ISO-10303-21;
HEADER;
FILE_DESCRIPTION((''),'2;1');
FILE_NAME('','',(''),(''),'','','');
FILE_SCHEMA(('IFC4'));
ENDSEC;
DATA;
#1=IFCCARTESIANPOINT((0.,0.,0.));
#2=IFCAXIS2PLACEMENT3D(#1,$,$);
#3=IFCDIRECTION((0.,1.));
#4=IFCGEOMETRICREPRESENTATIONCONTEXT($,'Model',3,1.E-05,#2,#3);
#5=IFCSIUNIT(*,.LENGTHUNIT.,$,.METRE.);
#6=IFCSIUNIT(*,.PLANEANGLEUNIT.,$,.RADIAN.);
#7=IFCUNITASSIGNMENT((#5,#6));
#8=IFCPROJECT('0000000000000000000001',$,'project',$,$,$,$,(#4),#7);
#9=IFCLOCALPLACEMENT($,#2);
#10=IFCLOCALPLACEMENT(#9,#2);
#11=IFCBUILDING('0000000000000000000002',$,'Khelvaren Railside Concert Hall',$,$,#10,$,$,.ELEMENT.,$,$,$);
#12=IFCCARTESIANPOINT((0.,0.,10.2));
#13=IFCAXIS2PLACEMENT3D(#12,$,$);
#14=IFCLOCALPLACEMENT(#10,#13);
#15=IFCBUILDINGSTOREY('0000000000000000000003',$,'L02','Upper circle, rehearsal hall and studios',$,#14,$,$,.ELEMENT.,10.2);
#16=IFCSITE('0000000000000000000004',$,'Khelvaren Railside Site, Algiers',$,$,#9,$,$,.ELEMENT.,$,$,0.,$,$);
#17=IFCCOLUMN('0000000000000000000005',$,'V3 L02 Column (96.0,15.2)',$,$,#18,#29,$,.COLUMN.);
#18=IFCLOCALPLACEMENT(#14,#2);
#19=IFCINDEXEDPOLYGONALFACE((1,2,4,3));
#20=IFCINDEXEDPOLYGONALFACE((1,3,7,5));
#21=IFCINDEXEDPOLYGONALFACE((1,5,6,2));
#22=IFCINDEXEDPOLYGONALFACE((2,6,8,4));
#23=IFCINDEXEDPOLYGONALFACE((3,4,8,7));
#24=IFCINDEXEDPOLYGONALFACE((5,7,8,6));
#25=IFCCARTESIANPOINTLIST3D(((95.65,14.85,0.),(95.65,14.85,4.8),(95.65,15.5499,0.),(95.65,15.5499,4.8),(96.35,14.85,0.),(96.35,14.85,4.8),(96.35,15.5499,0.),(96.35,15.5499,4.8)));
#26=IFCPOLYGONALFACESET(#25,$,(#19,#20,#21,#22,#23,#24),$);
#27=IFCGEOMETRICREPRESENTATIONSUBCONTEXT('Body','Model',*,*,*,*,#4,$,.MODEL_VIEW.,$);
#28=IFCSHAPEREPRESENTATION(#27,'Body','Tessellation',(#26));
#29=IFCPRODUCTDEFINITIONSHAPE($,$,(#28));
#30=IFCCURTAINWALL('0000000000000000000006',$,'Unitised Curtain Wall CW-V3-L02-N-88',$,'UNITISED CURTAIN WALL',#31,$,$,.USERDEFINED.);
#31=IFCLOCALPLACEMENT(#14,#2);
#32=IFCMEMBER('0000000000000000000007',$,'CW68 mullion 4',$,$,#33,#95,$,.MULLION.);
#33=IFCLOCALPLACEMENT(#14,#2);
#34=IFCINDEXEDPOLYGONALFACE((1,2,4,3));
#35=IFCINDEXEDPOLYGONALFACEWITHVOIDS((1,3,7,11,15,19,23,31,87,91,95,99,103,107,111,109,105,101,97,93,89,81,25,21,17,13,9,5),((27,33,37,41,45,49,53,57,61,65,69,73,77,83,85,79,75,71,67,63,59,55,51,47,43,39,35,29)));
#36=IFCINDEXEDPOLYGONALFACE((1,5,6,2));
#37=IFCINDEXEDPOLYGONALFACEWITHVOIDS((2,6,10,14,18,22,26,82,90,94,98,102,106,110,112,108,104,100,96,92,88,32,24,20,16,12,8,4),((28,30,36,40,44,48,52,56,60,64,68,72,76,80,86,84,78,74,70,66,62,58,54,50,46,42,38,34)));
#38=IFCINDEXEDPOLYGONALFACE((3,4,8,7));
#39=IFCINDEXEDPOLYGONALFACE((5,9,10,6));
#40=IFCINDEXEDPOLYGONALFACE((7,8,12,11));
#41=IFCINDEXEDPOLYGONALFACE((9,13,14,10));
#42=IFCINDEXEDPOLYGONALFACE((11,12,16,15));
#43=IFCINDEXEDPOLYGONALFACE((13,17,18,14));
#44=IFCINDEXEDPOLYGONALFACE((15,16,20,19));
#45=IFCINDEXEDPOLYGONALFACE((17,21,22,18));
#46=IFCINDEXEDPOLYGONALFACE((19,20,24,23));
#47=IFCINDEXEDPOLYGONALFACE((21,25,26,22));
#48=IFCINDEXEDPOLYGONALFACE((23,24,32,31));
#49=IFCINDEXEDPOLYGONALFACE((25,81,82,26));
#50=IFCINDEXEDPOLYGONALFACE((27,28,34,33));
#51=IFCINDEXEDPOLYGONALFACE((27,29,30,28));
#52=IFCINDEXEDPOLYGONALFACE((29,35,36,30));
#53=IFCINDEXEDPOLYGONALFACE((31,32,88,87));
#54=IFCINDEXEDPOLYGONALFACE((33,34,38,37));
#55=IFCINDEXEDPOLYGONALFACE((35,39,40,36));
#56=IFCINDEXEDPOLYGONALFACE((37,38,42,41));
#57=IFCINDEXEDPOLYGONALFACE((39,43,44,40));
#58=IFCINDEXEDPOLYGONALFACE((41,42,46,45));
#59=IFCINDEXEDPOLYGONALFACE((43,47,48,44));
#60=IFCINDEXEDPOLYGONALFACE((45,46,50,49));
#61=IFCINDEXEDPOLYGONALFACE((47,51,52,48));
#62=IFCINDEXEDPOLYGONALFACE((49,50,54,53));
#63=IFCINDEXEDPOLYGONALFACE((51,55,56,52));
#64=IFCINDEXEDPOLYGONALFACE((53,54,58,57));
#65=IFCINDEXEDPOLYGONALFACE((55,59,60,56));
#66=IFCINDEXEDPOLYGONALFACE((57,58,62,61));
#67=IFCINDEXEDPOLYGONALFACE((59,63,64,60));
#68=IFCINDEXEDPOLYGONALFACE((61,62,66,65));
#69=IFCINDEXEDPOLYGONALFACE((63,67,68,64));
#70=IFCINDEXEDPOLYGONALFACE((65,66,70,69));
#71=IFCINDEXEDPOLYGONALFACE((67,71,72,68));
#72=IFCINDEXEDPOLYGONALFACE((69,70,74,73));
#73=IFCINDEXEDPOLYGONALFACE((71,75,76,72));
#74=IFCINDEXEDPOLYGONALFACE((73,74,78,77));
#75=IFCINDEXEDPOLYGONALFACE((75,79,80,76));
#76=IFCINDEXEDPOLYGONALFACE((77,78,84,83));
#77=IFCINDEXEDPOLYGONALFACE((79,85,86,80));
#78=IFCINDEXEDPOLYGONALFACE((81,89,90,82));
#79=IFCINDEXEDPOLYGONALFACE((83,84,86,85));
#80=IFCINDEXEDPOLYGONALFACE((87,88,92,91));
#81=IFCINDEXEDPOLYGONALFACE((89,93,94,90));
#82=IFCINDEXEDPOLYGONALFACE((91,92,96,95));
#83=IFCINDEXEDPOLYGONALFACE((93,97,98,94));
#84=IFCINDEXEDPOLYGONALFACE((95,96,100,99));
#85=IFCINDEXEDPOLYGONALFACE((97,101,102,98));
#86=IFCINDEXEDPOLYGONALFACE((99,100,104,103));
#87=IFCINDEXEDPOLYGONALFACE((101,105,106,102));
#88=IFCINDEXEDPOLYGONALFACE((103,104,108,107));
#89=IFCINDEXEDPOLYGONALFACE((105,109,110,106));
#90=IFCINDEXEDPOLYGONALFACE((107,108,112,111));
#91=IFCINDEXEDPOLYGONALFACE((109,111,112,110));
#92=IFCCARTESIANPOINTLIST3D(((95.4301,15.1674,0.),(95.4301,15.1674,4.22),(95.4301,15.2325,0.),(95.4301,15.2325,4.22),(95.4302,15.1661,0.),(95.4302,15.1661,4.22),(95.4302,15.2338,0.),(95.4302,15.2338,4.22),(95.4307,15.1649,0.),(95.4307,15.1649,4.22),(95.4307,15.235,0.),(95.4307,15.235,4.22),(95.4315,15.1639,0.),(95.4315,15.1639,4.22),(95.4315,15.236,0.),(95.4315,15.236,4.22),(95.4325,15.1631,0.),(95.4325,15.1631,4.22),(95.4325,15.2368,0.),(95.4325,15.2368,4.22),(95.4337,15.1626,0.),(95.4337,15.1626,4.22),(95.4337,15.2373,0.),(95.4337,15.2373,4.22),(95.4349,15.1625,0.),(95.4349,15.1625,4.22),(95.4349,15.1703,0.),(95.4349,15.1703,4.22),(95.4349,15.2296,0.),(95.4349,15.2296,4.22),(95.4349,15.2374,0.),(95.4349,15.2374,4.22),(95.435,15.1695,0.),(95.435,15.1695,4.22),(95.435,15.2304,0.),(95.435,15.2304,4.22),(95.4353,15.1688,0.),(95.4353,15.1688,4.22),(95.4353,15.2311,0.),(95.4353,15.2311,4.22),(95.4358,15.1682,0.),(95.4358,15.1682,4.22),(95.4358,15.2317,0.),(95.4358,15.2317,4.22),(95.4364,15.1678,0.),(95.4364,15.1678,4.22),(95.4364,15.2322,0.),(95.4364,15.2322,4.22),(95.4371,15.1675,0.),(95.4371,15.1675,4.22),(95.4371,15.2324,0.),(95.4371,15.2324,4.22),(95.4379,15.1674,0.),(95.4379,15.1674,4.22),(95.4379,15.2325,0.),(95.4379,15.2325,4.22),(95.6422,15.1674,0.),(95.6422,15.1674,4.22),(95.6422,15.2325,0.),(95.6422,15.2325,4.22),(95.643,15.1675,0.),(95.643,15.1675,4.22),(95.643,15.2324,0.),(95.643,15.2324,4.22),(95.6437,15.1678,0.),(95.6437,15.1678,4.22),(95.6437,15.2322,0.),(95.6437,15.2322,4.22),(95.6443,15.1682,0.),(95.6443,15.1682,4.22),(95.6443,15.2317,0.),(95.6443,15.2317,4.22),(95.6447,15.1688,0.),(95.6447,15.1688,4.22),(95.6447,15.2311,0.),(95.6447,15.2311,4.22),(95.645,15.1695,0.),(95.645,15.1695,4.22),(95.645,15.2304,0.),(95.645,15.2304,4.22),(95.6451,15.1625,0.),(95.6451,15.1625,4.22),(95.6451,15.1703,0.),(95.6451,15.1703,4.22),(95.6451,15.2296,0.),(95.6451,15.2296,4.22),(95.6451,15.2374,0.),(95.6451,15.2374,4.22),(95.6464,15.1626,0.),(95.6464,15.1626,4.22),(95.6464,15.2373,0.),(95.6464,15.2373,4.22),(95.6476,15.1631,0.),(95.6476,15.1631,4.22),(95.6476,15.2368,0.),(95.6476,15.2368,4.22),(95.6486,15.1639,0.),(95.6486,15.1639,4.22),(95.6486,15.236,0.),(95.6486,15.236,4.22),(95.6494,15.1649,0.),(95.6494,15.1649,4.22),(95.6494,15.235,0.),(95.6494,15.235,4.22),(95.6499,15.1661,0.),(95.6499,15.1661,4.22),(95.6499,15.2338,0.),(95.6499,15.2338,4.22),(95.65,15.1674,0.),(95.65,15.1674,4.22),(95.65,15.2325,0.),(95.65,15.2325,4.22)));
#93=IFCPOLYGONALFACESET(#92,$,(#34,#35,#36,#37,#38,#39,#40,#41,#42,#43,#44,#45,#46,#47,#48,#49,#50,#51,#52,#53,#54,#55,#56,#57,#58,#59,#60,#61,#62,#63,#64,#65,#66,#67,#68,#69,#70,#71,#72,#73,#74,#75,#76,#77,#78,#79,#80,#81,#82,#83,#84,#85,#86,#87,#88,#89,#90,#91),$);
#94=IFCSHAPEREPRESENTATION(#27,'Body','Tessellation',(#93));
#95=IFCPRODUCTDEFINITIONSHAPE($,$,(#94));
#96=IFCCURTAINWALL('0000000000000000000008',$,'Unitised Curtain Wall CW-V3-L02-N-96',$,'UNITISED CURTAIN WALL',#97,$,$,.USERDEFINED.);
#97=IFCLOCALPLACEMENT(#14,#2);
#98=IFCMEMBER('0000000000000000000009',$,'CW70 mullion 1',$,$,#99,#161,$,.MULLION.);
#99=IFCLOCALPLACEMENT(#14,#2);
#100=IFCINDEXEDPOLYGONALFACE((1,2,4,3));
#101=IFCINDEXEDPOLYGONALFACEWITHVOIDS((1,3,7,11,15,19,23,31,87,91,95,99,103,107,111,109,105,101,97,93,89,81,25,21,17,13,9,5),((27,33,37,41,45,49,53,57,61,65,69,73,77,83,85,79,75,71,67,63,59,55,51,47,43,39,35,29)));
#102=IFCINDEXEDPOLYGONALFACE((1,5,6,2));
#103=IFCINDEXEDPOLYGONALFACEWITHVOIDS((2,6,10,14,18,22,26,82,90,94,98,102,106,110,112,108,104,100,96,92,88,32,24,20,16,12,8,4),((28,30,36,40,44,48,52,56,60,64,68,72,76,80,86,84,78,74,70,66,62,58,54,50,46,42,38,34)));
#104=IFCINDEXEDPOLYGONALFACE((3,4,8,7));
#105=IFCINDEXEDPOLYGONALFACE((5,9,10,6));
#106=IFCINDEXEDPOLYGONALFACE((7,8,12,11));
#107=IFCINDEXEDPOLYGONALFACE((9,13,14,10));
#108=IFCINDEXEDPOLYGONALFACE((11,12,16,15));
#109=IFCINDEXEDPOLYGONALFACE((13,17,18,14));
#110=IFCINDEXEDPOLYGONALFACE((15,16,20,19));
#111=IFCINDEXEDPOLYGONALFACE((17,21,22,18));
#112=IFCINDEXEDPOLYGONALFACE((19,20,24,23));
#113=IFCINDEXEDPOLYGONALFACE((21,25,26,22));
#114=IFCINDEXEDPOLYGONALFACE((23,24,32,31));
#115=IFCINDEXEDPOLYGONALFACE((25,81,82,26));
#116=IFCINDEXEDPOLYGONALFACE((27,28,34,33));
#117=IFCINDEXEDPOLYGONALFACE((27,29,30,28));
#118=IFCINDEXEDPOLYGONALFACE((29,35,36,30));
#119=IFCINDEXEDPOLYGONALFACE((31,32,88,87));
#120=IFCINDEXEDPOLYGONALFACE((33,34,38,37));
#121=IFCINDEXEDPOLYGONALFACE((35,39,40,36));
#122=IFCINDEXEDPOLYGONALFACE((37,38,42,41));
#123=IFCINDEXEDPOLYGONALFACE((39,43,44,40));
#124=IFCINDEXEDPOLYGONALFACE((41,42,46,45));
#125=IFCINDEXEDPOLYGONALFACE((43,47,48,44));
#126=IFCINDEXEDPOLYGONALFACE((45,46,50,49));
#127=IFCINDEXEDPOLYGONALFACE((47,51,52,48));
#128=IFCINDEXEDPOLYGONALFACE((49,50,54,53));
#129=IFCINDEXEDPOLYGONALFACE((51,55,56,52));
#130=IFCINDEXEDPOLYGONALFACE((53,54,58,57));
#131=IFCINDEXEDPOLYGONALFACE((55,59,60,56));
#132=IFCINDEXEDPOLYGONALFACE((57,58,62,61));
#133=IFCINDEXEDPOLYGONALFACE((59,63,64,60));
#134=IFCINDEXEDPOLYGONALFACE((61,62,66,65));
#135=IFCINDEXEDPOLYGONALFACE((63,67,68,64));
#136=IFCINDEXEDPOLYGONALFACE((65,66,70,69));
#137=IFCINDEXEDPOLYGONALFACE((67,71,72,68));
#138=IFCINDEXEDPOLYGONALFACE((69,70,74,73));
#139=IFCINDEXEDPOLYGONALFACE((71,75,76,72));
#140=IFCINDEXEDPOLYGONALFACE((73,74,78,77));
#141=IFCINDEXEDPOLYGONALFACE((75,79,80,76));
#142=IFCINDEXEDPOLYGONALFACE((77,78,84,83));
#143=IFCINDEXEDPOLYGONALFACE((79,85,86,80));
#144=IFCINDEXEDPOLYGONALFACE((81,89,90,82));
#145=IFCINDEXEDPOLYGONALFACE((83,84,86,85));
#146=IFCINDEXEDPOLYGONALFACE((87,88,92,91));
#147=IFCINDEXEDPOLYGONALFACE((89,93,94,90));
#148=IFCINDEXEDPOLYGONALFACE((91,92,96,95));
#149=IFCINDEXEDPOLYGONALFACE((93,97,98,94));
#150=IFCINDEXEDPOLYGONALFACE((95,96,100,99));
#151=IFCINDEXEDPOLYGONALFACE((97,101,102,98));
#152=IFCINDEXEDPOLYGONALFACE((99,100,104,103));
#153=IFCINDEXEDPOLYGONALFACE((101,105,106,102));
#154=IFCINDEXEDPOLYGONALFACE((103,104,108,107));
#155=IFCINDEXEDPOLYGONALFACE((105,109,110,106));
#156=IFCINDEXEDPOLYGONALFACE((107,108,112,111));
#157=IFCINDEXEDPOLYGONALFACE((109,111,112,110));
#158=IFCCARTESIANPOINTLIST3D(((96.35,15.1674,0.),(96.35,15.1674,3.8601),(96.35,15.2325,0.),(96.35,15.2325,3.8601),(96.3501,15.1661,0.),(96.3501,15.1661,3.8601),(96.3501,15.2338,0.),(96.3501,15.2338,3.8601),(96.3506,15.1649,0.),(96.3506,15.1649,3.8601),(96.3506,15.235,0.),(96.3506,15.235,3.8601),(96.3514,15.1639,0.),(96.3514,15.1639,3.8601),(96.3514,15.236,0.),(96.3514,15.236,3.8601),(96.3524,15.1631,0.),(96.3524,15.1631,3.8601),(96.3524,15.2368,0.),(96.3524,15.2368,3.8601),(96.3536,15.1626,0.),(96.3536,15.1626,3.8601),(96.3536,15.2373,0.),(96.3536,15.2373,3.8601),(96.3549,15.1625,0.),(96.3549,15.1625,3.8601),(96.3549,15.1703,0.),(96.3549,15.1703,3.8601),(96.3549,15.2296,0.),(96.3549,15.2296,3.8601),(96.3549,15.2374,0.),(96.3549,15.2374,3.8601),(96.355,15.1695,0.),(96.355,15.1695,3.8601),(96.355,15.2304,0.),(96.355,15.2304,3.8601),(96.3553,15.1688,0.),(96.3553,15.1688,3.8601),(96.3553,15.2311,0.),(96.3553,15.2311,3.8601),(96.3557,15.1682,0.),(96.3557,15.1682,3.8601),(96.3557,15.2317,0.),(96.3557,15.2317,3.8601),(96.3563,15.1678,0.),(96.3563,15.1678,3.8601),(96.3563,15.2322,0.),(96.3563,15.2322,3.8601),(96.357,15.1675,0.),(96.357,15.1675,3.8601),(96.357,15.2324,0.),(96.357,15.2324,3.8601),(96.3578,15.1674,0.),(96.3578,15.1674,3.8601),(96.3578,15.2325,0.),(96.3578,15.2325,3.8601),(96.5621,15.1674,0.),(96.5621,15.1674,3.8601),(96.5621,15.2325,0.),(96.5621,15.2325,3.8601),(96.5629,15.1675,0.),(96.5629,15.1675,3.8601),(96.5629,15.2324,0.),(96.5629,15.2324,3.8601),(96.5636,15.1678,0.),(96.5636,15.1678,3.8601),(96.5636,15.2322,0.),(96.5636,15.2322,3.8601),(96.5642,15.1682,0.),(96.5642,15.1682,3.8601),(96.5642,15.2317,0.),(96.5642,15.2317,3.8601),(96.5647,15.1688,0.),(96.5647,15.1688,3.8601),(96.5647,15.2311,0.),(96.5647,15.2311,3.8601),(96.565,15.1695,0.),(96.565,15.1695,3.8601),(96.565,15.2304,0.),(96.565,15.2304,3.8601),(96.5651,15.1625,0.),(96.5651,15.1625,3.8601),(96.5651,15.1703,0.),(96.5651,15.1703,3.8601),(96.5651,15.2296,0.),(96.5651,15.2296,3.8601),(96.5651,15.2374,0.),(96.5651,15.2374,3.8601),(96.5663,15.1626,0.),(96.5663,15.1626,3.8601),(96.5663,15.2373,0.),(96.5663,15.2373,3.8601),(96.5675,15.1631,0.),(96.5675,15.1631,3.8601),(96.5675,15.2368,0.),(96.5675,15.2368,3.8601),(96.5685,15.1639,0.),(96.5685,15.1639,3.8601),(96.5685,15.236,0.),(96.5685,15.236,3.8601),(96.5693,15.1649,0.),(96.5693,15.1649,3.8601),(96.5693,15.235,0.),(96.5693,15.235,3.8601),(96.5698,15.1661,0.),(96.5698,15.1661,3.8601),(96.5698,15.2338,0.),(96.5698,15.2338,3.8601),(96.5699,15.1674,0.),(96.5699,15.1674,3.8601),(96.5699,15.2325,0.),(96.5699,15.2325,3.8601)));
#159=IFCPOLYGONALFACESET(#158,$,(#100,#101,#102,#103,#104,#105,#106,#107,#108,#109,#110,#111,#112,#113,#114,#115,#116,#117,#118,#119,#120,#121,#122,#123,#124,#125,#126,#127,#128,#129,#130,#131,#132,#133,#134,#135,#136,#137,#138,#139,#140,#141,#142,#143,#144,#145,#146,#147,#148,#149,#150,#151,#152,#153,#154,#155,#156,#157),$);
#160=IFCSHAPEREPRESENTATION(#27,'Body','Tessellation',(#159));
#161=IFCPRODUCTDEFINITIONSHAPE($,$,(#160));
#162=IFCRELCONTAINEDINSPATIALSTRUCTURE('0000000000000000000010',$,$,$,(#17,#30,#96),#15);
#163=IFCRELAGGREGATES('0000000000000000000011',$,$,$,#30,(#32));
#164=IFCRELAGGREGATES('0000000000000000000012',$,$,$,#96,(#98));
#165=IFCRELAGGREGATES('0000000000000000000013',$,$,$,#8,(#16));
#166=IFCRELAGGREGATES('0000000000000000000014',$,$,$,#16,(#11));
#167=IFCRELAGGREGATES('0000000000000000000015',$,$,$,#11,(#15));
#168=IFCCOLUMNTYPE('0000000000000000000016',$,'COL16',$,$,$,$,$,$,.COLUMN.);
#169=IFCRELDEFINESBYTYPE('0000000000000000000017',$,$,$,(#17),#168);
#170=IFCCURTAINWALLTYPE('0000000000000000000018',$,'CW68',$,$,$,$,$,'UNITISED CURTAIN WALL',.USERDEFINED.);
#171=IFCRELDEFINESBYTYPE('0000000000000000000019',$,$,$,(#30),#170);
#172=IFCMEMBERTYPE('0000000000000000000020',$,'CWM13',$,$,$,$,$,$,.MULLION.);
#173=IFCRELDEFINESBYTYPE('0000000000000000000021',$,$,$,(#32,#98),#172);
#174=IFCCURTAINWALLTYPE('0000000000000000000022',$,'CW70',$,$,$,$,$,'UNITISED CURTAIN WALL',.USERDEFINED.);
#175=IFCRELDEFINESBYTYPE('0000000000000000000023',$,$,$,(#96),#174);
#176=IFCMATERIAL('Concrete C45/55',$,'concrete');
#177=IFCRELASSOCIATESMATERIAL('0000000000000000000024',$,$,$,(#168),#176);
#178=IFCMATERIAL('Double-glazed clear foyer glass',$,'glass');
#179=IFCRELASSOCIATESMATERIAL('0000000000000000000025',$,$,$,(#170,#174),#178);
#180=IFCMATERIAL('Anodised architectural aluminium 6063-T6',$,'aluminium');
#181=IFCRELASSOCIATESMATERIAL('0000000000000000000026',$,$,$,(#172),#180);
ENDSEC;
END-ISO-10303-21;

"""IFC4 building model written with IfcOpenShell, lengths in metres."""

from ifc_helpers import new_model, si_unit, direction, frame, origin, origin_2d, place, context, subcontext, project, spatial, rectangle, hollow_rectangle, extrude, material, material_profile, profile_set, type_object, element, aggregate, save


model = new_model("IFC4")

# Units and contexts
model_context = context("Model", 3, precision=1e-05, world=origin(), true_north=direction((0.0, 1.0)))
body_context = subcontext(model_context, "Body", "Model", "MODEL_VIEW")
ifc_project = project(units=[si_unit("LENGTHUNIT", "METRE"), si_unit("PLANEANGLEUNIT", "RADIAN")], contexts=[model_context])

# Site, building, storey
site_placement = place(None, origin())
site = spatial("IfcSite", under=ifc_project, at=site_placement, Name="Khelvaren Railside Site, Algiers", CompositionType="ELEMENT", RefElevation=0.0)
building_placement = place(site_placement, origin())
building = spatial("IfcBuilding", under=site, at=building_placement, Name="Khelvaren Railside Concert Hall", CompositionType="ELEMENT")
storey_placement = place(building_placement, frame((0.0, 0.0, 10.2)))
storey = spatial("IfcBuildingStorey", under=building, at=storey_placement, Name="L02", Description="Upper circle, rehearsal hall and studios", CompositionType="ELEMENT", Elevation=10.2)

# Column
ifc_material_1 = material(Name="Concrete C45/55", Category="concrete")
ifc_material_profile_1 = material_profile(ifc_material_1, rectangle(XDim=0.7, YDim=0.7, at=origin_2d()), Name="RC 700x700")
ifc_profile_set_1 = profile_set([ifc_material_profile_1], Name="Concrete C45/55")
column_type = type_object("IfcColumnType", Name="COL16", PredefinedType="COLUMN", material=ifc_profile_set_1)
column_placement = place(storey_placement, frame((96.0, 15.2, 0.0), z_axis=(0.0, 0.0, 1.0), x_axis=(1.0, 0.0, 0.0)))
element("IfcColumn", 1, at=column_placement, inside=storey, type_object=column_type, Name="V3 L02 Column (96.0,15.2)", PredefinedType="COLUMN", context=body_context, shape_type="SweptSolid", body=[
    extrude(rectangle(XDim=0.7, YDim=0.7, at=origin_2d()), origin(), (0.0, 0.0, 1.0), 4.8),
])

# Curtain wall, member
ifc_material_2 = material(Name="Double-glazed clear foyer glass", Category="glass")
curtain_wall_type_1 = type_object("IfcCurtainWallType", Name="CW68", ElementType="UNITISED CURTAIN WALL", PredefinedType="USERDEFINED", material=ifc_material_2)
curtain_wall_1_placement = place(storey_placement, origin())
curtain_wall_1 = element("IfcCurtainWall", 2, at=curtain_wall_1_placement, inside=storey, type_object=curtain_wall_type_1, Name="Unitised Curtain Wall CW-V3-L02-N-88", ObjectType="UNITISED CURTAIN WALL", PredefinedType="USERDEFINED")
ifc_material_3 = material(Name="Anodised architectural aluminium 6063-T6", Category="aluminium")
ifc_material_profile_2 = material_profile(ifc_material_3, hollow_rectangle(XDim=0.075, YDim=0.22, WallThickness=0.0049, InnerFilletRadius=0.0029, OuterFilletRadius=0.0049, at=origin_2d()), Name="CWM 75x220x5")
ifc_profile_set_2 = profile_set([ifc_material_profile_2], Name="Anodised architectural aluminium 6063-T6")
member_type_1 = type_object("IfcMemberType", Name="CWM13", PredefinedType="MULLION", material=ifc_profile_set_2)
member_1_placement = place(storey_placement, frame((95.54, 15.2, 0.0), z_axis=(0.0, 0.0, 1.0), x_axis=(0.0, 1.0, 0.0)))
member_1 = element("IfcMember", 3, at=member_1_placement, type_object=member_type_1, Name="CW68 mullion 4", PredefinedType="MULLION", context=body_context, shape_type="SweptSolid", body=[
    extrude(hollow_rectangle(XDim=0.075, YDim=0.22, WallThickness=0.0049, InnerFilletRadius=0.0029, OuterFilletRadius=0.0049, at=origin_2d()), origin(), (0.0, 0.0, 1.0), 4.22),
])

# Curtain wall, member
curtain_wall_type_2 = type_object("IfcCurtainWallType", Name="CW70", ElementType="UNITISED CURTAIN WALL", PredefinedType="USERDEFINED", material=ifc_material_2)
curtain_wall_2_placement = place(storey_placement, origin())
curtain_wall_2 = element("IfcCurtainWall", 4, at=curtain_wall_2_placement, inside=storey, type_object=curtain_wall_type_2, Name="Unitised Curtain Wall CW-V3-L02-N-96", ObjectType="UNITISED CURTAIN WALL", PredefinedType="USERDEFINED")
member_2_placement = place(storey_placement, frame((96.46, 15.2, 0.0), z_axis=(0.0, 0.0, 1.0), x_axis=(0.0, 1.0, 0.0)))
member_2 = element("IfcMember", 5, at=member_2_placement, type_object=member_type_1, Name="CW70 mullion 1", PredefinedType="MULLION", context=body_context, shape_type="SweptSolid", body=[
    extrude(hollow_rectangle(XDim=0.075, YDim=0.22, WallThickness=0.0049, InnerFilletRadius=0.0029, OuterFilletRadius=0.0049, at=origin_2d()), origin(), (0.0, 0.0, 1.0), 3.8601),
])

aggregate(curtain_wall_1, [member_1])
aggregate(curtain_wall_2, [member_2])

save(model, "model.ifc")
